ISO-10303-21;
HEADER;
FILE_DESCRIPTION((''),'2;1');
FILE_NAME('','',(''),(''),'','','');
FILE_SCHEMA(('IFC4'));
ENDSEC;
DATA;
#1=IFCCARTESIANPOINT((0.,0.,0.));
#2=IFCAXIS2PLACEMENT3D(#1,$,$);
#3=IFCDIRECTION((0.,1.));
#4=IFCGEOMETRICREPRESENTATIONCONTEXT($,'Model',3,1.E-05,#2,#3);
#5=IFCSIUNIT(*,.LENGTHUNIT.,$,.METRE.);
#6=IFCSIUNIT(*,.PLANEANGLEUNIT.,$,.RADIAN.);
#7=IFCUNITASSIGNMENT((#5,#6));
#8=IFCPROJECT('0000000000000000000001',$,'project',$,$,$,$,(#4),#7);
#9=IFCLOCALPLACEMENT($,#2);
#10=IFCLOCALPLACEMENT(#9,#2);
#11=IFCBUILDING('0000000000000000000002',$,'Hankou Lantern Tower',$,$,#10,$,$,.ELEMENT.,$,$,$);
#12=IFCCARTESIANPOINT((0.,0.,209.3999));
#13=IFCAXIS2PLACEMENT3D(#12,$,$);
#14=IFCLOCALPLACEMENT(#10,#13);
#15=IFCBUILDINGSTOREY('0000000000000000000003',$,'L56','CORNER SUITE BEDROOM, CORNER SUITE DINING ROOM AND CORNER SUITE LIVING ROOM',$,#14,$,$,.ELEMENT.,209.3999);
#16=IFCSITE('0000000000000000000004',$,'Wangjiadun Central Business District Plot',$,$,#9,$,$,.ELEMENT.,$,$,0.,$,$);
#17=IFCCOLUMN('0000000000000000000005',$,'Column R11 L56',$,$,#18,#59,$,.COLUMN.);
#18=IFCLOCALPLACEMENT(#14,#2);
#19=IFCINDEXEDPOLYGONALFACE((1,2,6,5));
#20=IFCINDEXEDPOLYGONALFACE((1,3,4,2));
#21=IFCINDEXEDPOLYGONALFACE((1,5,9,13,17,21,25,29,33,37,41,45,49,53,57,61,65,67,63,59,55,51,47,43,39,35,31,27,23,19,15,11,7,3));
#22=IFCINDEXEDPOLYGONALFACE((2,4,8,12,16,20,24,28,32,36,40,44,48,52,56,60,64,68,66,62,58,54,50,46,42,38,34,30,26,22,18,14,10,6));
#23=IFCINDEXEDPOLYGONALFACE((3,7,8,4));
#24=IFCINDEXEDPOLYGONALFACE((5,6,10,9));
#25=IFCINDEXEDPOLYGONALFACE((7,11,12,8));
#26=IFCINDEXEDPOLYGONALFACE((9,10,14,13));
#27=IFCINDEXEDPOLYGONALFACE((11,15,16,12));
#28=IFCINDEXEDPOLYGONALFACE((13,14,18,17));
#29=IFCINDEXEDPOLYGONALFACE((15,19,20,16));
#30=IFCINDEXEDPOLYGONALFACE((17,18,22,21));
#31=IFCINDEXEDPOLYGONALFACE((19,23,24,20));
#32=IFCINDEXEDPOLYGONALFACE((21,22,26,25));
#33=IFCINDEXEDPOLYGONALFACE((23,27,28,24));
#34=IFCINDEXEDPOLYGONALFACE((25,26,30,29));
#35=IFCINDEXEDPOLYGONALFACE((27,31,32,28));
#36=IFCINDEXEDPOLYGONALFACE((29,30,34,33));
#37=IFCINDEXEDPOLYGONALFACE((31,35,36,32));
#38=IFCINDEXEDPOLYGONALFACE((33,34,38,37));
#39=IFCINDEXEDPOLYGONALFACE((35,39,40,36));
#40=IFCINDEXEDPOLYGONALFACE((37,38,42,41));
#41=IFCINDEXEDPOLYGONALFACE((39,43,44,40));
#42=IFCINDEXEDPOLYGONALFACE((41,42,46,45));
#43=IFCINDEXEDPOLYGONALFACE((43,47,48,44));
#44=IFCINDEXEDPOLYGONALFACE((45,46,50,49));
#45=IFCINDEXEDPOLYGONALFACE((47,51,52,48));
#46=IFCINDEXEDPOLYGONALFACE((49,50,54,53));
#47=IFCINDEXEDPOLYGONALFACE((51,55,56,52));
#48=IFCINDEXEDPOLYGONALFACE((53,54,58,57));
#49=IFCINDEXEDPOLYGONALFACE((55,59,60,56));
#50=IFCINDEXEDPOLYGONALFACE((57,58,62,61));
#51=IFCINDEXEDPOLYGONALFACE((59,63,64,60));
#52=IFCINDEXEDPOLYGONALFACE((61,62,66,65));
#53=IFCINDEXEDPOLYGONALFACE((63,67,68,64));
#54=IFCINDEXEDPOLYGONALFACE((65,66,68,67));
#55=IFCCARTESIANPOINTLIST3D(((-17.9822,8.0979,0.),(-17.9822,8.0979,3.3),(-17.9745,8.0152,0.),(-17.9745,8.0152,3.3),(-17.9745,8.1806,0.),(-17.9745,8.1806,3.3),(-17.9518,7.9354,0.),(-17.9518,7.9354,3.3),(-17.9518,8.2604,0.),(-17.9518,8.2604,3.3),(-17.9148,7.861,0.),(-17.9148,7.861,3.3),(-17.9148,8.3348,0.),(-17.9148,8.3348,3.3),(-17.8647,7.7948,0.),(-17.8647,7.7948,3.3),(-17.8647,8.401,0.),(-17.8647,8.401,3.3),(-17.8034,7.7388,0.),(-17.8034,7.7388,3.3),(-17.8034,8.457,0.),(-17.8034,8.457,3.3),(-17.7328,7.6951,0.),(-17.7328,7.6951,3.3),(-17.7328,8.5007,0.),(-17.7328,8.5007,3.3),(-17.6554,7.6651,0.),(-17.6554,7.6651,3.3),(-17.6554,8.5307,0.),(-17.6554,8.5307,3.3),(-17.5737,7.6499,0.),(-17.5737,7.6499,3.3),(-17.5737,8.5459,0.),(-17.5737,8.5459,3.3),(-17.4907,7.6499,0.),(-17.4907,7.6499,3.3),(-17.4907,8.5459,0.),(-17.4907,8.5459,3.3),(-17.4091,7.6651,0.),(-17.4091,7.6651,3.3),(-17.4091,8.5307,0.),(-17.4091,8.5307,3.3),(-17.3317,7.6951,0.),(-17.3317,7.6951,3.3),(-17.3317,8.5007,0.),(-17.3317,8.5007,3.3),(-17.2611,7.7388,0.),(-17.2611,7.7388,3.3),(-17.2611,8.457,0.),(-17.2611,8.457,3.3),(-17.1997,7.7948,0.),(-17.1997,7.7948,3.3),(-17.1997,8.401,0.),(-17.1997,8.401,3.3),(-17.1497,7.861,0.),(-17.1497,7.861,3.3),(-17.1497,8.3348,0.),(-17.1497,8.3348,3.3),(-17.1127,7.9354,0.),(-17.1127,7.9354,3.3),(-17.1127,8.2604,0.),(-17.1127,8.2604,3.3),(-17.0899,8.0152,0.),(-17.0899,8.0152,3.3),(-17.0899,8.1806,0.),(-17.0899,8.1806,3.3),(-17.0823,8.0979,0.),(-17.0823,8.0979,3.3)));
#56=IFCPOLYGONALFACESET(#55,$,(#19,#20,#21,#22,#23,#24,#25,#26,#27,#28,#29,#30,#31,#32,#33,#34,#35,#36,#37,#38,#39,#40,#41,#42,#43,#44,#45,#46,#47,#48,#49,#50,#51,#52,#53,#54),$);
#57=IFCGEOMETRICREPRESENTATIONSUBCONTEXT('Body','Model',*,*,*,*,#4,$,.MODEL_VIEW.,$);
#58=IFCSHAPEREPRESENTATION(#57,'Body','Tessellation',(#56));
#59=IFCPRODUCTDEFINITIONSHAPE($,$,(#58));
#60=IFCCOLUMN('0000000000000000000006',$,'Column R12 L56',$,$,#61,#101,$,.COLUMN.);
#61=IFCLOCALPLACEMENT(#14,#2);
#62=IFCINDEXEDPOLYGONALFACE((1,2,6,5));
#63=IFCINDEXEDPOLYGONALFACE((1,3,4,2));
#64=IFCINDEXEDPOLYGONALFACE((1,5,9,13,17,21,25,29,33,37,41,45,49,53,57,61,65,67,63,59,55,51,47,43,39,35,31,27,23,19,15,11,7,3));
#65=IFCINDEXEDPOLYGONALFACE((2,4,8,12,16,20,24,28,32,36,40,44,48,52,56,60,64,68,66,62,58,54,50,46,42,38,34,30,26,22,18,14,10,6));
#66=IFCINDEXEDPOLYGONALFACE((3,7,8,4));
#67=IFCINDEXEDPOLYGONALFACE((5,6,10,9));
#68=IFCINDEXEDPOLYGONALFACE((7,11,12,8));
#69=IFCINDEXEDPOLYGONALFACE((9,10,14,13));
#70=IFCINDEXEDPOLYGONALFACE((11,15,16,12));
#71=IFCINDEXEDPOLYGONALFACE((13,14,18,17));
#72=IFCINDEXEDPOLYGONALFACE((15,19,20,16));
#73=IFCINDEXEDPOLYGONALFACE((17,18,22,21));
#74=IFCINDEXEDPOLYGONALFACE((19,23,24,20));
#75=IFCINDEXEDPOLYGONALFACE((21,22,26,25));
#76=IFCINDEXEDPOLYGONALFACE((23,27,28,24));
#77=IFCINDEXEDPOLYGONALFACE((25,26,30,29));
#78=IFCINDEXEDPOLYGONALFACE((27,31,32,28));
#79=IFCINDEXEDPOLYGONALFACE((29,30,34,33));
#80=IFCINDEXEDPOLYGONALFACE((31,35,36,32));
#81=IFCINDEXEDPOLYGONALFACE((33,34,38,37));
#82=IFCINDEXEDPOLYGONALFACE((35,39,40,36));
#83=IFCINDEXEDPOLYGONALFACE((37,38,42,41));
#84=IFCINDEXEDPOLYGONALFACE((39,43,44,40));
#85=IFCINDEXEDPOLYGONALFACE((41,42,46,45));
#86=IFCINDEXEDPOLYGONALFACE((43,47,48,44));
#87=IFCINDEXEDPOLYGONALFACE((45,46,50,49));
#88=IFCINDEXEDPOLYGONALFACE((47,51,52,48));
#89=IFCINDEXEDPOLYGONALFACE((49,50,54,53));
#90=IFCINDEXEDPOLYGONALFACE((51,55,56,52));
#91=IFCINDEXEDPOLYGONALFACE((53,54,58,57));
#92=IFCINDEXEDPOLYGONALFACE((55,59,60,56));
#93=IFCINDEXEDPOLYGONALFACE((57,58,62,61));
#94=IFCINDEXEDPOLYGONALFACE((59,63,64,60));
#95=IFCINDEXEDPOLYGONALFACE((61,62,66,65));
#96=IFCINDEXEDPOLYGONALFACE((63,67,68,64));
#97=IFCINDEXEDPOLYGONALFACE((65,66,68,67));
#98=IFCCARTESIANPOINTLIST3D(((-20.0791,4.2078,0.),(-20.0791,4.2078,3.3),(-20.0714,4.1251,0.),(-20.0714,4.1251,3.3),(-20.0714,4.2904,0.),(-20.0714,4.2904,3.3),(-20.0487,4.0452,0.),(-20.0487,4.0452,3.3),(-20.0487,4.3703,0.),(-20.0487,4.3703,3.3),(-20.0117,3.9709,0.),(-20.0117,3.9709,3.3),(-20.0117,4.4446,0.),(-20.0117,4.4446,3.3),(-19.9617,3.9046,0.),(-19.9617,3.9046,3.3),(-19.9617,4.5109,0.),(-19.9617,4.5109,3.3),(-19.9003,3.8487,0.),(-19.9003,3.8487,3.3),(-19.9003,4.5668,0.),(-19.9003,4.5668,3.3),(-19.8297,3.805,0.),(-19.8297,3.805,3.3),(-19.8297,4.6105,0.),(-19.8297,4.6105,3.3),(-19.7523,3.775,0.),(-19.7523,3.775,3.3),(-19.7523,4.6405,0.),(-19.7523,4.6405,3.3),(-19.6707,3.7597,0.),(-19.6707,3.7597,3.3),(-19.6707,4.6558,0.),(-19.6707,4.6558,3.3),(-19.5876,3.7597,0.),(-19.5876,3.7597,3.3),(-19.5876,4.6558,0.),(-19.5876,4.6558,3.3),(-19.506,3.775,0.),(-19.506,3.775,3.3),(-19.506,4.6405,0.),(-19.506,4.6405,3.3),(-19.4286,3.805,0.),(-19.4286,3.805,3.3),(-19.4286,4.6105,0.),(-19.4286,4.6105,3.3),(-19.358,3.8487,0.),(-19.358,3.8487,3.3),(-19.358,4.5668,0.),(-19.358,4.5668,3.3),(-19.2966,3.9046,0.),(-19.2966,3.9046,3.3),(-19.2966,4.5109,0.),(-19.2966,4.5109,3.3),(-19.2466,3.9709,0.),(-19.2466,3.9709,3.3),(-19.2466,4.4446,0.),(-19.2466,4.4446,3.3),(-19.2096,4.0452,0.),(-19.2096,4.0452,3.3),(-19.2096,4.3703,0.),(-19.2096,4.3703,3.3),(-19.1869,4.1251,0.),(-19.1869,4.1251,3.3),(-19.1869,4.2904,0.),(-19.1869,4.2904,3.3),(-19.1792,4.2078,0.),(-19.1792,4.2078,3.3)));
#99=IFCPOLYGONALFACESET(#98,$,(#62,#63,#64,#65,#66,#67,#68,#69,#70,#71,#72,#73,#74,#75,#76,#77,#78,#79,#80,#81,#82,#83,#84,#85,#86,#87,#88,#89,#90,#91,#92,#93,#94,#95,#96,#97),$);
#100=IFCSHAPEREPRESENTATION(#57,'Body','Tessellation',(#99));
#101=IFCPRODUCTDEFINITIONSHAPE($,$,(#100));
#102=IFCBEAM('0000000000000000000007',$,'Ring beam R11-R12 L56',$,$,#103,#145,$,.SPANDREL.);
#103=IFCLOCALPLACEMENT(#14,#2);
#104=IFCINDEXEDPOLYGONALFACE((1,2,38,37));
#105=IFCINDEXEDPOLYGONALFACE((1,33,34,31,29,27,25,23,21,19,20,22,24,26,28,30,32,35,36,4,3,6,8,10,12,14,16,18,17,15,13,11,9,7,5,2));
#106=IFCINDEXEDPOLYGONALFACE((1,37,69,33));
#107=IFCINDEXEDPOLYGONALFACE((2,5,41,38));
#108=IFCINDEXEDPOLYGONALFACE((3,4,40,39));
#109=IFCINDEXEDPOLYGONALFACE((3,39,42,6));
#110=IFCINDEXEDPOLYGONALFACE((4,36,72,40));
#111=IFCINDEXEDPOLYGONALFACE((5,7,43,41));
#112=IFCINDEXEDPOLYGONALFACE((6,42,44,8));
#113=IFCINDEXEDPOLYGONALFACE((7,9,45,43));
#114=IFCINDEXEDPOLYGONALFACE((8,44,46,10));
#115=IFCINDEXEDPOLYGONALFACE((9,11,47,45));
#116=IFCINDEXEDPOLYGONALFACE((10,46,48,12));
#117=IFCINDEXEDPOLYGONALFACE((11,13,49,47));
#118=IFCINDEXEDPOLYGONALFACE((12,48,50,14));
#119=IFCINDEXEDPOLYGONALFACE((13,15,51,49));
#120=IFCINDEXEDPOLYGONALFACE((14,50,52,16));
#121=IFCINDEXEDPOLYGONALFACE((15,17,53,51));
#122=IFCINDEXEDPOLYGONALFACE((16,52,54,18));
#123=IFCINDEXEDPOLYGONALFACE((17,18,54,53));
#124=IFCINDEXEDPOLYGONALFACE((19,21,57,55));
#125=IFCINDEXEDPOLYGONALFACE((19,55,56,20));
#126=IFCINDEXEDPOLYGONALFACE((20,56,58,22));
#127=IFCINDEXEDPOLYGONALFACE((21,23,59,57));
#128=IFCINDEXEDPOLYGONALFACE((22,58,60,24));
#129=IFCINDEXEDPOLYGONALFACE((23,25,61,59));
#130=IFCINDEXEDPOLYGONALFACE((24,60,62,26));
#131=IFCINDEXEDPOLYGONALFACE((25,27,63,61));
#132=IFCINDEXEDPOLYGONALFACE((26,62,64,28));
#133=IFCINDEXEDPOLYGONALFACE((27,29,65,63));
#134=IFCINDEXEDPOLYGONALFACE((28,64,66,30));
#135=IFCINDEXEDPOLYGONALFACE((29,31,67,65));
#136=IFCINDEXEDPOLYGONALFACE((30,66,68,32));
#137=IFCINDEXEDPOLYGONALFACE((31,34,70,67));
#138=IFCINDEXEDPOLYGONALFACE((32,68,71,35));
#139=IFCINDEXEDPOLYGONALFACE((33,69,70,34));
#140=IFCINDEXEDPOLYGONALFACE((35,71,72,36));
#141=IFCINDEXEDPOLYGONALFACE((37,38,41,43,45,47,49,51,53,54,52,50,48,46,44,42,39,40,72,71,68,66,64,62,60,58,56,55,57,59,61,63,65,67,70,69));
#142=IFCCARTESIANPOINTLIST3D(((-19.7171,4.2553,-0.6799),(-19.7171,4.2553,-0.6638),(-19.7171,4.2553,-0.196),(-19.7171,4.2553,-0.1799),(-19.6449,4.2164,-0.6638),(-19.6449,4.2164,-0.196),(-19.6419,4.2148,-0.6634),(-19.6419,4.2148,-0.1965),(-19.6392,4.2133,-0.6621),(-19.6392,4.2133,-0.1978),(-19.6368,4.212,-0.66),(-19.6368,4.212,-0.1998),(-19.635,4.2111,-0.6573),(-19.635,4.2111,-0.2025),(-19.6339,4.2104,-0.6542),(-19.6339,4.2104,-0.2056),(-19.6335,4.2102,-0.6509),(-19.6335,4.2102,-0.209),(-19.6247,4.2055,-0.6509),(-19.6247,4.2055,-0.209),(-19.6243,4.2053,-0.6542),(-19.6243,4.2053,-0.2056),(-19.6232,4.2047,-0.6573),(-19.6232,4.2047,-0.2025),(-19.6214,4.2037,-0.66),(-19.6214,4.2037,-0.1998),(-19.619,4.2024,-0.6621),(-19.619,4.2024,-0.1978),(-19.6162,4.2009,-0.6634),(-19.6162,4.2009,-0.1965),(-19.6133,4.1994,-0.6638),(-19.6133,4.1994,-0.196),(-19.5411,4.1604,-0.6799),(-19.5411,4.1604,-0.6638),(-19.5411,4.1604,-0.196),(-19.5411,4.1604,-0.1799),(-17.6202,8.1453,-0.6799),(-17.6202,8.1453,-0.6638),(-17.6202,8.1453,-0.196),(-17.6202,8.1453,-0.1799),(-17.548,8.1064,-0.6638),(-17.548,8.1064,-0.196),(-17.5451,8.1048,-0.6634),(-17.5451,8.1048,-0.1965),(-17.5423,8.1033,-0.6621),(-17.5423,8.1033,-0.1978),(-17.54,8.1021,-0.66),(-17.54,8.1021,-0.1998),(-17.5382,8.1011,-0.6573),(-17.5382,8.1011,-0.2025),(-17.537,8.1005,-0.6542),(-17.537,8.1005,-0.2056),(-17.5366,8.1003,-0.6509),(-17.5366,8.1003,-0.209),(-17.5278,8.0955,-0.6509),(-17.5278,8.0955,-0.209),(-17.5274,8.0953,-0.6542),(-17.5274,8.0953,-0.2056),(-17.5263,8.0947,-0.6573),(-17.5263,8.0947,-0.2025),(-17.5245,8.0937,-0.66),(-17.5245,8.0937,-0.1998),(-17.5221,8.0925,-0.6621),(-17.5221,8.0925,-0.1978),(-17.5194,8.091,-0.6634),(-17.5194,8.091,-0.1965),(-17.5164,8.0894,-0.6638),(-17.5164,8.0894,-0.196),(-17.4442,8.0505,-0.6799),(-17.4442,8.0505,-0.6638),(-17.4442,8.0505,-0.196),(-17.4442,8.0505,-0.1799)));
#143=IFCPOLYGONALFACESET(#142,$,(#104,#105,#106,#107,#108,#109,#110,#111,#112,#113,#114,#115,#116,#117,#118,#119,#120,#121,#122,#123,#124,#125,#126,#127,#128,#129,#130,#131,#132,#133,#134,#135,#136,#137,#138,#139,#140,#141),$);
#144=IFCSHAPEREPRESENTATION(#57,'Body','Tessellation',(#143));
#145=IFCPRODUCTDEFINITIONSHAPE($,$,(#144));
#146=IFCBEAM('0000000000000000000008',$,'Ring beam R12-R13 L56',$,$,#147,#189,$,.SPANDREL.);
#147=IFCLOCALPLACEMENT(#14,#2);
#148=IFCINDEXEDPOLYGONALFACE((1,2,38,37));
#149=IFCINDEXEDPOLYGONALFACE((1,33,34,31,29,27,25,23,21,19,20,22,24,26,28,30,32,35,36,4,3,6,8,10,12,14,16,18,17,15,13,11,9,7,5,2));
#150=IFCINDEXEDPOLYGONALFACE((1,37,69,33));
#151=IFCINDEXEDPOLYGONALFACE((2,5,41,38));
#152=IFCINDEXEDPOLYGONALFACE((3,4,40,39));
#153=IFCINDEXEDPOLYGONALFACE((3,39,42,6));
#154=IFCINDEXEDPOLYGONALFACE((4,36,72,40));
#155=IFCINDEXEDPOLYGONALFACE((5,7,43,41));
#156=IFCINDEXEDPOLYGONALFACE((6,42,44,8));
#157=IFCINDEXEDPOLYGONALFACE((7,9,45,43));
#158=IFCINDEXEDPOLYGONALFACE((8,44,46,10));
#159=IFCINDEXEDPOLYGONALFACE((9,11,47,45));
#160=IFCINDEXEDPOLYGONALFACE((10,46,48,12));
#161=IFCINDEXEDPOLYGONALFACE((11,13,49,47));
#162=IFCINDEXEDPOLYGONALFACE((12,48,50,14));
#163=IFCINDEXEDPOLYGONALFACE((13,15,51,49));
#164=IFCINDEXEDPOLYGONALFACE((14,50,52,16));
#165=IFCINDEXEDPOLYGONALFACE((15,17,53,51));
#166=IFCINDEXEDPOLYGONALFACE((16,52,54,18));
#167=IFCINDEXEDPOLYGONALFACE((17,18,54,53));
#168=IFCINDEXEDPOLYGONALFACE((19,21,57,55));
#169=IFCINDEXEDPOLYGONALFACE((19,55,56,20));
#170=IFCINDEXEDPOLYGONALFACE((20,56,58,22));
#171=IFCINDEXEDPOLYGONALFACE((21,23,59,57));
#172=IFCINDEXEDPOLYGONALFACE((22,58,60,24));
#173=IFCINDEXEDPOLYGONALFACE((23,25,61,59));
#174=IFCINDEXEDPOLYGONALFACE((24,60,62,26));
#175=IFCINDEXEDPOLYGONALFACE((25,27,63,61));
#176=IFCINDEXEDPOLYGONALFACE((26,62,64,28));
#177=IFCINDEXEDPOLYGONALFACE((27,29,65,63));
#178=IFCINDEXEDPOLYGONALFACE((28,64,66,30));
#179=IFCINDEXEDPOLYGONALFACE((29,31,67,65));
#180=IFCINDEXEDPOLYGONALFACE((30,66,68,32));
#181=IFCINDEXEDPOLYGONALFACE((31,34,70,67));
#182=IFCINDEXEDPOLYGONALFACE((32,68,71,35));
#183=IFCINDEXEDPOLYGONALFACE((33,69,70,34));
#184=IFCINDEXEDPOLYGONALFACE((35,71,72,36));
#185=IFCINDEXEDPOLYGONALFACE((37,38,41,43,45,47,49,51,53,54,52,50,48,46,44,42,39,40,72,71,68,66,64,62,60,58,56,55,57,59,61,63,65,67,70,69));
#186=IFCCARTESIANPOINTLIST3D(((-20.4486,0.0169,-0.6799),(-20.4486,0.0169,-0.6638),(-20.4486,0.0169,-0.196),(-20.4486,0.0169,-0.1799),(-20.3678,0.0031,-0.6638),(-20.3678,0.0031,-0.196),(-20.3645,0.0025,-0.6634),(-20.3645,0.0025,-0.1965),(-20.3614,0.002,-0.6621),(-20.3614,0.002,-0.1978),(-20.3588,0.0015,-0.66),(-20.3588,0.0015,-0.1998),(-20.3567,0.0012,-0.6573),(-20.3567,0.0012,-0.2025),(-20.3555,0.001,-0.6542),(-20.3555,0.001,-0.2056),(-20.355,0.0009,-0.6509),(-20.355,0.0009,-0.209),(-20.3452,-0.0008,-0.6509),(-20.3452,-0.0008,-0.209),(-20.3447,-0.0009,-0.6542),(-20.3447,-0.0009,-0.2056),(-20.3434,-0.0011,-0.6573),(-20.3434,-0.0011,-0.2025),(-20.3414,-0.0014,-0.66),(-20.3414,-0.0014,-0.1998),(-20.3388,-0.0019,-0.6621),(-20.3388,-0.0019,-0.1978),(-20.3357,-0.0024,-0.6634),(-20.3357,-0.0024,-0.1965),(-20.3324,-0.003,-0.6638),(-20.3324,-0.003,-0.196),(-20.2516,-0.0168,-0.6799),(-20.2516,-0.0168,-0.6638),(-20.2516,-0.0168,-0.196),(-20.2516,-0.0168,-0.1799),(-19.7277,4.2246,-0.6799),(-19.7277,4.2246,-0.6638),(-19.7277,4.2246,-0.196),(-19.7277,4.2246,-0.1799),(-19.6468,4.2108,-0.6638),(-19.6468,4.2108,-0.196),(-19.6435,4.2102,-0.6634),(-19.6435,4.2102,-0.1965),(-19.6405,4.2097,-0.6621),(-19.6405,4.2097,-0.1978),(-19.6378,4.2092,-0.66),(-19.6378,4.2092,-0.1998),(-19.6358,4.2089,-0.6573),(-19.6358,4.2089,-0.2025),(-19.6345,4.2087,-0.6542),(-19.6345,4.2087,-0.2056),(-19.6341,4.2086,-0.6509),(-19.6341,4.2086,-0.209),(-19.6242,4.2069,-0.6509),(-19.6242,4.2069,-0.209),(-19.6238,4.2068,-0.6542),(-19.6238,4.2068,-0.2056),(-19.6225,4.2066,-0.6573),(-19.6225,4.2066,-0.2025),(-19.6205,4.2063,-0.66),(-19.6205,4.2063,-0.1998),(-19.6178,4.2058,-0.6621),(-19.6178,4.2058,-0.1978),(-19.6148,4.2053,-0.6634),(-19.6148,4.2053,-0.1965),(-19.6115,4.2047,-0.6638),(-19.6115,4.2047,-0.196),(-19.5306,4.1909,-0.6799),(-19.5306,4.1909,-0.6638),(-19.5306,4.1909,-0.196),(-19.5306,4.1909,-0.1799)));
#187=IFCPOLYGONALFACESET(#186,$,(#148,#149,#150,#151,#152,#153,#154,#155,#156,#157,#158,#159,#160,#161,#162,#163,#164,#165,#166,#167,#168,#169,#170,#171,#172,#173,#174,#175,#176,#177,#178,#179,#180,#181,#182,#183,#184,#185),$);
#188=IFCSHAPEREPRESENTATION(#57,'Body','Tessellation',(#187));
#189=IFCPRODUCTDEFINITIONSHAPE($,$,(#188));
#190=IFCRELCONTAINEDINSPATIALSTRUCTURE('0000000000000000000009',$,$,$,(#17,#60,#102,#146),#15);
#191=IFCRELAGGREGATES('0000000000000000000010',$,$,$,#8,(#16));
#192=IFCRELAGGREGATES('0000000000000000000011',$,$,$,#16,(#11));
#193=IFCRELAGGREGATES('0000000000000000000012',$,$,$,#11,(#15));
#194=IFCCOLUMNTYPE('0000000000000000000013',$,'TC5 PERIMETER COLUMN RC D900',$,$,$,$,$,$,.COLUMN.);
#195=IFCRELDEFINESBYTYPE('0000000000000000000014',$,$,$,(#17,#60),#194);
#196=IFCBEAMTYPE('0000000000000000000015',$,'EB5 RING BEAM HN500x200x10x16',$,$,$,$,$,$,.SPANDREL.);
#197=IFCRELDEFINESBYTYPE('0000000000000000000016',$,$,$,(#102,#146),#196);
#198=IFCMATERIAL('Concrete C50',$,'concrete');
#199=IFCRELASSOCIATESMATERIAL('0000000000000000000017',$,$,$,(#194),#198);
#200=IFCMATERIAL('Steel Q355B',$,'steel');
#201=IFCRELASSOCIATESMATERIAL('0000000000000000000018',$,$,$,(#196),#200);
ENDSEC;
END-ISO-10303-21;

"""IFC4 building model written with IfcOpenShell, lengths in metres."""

from ifc_helpers import new_model, si_unit, direction, frame, origin, origin_2d, place, context, subcontext, project, spatial, circle, i_section, extrude, material, material_profile, profile_set, type_object, element, save


model = new_model("IFC4")

# Units and contexts
model_context = context("Model", 3, precision=1e-05, world=origin(), true_north=direction((0.0, 1.0)))
body_context = subcontext(model_context, "Body", "Model", "MODEL_VIEW")
ifc_project = project(units=[si_unit("LENGTHUNIT", "METRE"), si_unit("PLANEANGLEUNIT", "RADIAN")], contexts=[model_context])

# Site, building, storey
site_placement = place(None, origin())
site = spatial("IfcSite", under=ifc_project, at=site_placement, Name="Wangjiadun Central Business District Plot", CompositionType="ELEMENT", RefElevation=0.0)
building_placement = place(site_placement, origin())
building = spatial("IfcBuilding", under=site, at=building_placement, Name="Hankou Lantern Tower", CompositionType="ELEMENT")
storey_placement = place(building_placement, frame((0.0, 0.0, 209.3999)))
storey = spatial("IfcBuildingStorey", under=building, at=storey_placement, Name="L56", Description="CORNER SUITE BEDROOM, CORNER SUITE DINING ROOM AND CORNER SUITE LIVING ROOM", CompositionType="ELEMENT", Elevation=209.3999)

# Columns
ifc_material_1 = material(Name="Concrete C50", Category="concrete")
ifc_material_profile_1 = material_profile(ifc_material_1, circle(Radius=0.45, at=origin_2d()), Name="RC D900")
ifc_profile_set_1 = profile_set([ifc_material_profile_1], Name="Concrete C50")
column_type = type_object("IfcColumnType", Name="TC5 PERIMETER COLUMN RC D900", PredefinedType="COLUMN", material=ifc_profile_set_1)
for number, where, z_axis, x_axis, name in (
    (1, (-17.5322, 8.0979, 0.0), (0.0, 0.0, 1.0), (1.0, 0.0, 0.0), "Column R11 L56"),
    (2, (-19.6292, 4.2078, 0.0), (0.0, 0.0, 1.0), (1.0, 0.0, 0.0), "Column R12 L56"),
):
    element("IfcColumn", number, at=place(storey_placement, frame(where, z_axis=z_axis, x_axis=x_axis)), inside=storey, type_object=column_type, Name=name, PredefinedType="COLUMN", context=body_context, shape_type="SweptSolid", body=[
        extrude(circle(Radius=0.45, at=origin_2d()), origin(), (0.0, 0.0, 1.0), 3.3),
    ])

# Beams
ifc_material_2 = material(Name="Steel Q355B", Category="steel")
ifc_material_profile_2 = material_profile(ifc_material_2, i_section(OverallWidth=0.2, OverallDepth=0.5, WebThickness=0.01, FlangeThickness=0.0161, FilletRadius=0.0129, at=origin_2d()), Name="HN500x200x10x16")
ifc_profile_set_2 = profile_set([ifc_material_profile_2], Name="Steel Q355B")
beam_type_1 = type_object("IfcBeamType", Name="EB5 RING BEAM HN500x200x10x16", PredefinedType="SPANDREL", material=ifc_profile_set_2)
beam_1_placement = place(storey_placement, frame((-17.5322, 8.0979, -0.4299), z_axis=(-0.474492, -0.88026, 0.0), x_axis=(0.88026, -0.474492, 0.0)))
element("IfcBeam", 3, at=beam_1_placement, inside=storey, type_object=beam_type_1, Name="Ring beam R11-R12 L56", PredefinedType="SPANDREL", context=body_context, shape_type="SweptSolid", body=[
    extrude(i_section(OverallWidth=0.2, OverallDepth=0.5, WebThickness=0.01, FlangeThickness=0.0161, FilletRadius=0.0129, at=origin_2d()), origin(), (0.0, 0.0, 1.0), 4.4192),
])
beam_2_placement = place(storey_placement, frame((-19.6292, 4.2078, -0.4299), z_axis=(-0.168877, -0.985637, 0.0), x_axis=(0.985637, -0.168877, 0.0)))
element("IfcBeam", 4, at=beam_2_placement, inside=storey, type_object=beam_type_1, Name="Ring beam R12-R13 L56", PredefinedType="SPANDREL", context=body_context, shape_type="SweptSolid", body=[
    extrude(i_section(OverallWidth=0.2, OverallDepth=0.5, WebThickness=0.01, FlangeThickness=0.0161, FilletRadius=0.0129, at=origin_2d()), origin(), (0.0, 0.0, 1.0), 4.269),
])

save(model, "model.ifc")
